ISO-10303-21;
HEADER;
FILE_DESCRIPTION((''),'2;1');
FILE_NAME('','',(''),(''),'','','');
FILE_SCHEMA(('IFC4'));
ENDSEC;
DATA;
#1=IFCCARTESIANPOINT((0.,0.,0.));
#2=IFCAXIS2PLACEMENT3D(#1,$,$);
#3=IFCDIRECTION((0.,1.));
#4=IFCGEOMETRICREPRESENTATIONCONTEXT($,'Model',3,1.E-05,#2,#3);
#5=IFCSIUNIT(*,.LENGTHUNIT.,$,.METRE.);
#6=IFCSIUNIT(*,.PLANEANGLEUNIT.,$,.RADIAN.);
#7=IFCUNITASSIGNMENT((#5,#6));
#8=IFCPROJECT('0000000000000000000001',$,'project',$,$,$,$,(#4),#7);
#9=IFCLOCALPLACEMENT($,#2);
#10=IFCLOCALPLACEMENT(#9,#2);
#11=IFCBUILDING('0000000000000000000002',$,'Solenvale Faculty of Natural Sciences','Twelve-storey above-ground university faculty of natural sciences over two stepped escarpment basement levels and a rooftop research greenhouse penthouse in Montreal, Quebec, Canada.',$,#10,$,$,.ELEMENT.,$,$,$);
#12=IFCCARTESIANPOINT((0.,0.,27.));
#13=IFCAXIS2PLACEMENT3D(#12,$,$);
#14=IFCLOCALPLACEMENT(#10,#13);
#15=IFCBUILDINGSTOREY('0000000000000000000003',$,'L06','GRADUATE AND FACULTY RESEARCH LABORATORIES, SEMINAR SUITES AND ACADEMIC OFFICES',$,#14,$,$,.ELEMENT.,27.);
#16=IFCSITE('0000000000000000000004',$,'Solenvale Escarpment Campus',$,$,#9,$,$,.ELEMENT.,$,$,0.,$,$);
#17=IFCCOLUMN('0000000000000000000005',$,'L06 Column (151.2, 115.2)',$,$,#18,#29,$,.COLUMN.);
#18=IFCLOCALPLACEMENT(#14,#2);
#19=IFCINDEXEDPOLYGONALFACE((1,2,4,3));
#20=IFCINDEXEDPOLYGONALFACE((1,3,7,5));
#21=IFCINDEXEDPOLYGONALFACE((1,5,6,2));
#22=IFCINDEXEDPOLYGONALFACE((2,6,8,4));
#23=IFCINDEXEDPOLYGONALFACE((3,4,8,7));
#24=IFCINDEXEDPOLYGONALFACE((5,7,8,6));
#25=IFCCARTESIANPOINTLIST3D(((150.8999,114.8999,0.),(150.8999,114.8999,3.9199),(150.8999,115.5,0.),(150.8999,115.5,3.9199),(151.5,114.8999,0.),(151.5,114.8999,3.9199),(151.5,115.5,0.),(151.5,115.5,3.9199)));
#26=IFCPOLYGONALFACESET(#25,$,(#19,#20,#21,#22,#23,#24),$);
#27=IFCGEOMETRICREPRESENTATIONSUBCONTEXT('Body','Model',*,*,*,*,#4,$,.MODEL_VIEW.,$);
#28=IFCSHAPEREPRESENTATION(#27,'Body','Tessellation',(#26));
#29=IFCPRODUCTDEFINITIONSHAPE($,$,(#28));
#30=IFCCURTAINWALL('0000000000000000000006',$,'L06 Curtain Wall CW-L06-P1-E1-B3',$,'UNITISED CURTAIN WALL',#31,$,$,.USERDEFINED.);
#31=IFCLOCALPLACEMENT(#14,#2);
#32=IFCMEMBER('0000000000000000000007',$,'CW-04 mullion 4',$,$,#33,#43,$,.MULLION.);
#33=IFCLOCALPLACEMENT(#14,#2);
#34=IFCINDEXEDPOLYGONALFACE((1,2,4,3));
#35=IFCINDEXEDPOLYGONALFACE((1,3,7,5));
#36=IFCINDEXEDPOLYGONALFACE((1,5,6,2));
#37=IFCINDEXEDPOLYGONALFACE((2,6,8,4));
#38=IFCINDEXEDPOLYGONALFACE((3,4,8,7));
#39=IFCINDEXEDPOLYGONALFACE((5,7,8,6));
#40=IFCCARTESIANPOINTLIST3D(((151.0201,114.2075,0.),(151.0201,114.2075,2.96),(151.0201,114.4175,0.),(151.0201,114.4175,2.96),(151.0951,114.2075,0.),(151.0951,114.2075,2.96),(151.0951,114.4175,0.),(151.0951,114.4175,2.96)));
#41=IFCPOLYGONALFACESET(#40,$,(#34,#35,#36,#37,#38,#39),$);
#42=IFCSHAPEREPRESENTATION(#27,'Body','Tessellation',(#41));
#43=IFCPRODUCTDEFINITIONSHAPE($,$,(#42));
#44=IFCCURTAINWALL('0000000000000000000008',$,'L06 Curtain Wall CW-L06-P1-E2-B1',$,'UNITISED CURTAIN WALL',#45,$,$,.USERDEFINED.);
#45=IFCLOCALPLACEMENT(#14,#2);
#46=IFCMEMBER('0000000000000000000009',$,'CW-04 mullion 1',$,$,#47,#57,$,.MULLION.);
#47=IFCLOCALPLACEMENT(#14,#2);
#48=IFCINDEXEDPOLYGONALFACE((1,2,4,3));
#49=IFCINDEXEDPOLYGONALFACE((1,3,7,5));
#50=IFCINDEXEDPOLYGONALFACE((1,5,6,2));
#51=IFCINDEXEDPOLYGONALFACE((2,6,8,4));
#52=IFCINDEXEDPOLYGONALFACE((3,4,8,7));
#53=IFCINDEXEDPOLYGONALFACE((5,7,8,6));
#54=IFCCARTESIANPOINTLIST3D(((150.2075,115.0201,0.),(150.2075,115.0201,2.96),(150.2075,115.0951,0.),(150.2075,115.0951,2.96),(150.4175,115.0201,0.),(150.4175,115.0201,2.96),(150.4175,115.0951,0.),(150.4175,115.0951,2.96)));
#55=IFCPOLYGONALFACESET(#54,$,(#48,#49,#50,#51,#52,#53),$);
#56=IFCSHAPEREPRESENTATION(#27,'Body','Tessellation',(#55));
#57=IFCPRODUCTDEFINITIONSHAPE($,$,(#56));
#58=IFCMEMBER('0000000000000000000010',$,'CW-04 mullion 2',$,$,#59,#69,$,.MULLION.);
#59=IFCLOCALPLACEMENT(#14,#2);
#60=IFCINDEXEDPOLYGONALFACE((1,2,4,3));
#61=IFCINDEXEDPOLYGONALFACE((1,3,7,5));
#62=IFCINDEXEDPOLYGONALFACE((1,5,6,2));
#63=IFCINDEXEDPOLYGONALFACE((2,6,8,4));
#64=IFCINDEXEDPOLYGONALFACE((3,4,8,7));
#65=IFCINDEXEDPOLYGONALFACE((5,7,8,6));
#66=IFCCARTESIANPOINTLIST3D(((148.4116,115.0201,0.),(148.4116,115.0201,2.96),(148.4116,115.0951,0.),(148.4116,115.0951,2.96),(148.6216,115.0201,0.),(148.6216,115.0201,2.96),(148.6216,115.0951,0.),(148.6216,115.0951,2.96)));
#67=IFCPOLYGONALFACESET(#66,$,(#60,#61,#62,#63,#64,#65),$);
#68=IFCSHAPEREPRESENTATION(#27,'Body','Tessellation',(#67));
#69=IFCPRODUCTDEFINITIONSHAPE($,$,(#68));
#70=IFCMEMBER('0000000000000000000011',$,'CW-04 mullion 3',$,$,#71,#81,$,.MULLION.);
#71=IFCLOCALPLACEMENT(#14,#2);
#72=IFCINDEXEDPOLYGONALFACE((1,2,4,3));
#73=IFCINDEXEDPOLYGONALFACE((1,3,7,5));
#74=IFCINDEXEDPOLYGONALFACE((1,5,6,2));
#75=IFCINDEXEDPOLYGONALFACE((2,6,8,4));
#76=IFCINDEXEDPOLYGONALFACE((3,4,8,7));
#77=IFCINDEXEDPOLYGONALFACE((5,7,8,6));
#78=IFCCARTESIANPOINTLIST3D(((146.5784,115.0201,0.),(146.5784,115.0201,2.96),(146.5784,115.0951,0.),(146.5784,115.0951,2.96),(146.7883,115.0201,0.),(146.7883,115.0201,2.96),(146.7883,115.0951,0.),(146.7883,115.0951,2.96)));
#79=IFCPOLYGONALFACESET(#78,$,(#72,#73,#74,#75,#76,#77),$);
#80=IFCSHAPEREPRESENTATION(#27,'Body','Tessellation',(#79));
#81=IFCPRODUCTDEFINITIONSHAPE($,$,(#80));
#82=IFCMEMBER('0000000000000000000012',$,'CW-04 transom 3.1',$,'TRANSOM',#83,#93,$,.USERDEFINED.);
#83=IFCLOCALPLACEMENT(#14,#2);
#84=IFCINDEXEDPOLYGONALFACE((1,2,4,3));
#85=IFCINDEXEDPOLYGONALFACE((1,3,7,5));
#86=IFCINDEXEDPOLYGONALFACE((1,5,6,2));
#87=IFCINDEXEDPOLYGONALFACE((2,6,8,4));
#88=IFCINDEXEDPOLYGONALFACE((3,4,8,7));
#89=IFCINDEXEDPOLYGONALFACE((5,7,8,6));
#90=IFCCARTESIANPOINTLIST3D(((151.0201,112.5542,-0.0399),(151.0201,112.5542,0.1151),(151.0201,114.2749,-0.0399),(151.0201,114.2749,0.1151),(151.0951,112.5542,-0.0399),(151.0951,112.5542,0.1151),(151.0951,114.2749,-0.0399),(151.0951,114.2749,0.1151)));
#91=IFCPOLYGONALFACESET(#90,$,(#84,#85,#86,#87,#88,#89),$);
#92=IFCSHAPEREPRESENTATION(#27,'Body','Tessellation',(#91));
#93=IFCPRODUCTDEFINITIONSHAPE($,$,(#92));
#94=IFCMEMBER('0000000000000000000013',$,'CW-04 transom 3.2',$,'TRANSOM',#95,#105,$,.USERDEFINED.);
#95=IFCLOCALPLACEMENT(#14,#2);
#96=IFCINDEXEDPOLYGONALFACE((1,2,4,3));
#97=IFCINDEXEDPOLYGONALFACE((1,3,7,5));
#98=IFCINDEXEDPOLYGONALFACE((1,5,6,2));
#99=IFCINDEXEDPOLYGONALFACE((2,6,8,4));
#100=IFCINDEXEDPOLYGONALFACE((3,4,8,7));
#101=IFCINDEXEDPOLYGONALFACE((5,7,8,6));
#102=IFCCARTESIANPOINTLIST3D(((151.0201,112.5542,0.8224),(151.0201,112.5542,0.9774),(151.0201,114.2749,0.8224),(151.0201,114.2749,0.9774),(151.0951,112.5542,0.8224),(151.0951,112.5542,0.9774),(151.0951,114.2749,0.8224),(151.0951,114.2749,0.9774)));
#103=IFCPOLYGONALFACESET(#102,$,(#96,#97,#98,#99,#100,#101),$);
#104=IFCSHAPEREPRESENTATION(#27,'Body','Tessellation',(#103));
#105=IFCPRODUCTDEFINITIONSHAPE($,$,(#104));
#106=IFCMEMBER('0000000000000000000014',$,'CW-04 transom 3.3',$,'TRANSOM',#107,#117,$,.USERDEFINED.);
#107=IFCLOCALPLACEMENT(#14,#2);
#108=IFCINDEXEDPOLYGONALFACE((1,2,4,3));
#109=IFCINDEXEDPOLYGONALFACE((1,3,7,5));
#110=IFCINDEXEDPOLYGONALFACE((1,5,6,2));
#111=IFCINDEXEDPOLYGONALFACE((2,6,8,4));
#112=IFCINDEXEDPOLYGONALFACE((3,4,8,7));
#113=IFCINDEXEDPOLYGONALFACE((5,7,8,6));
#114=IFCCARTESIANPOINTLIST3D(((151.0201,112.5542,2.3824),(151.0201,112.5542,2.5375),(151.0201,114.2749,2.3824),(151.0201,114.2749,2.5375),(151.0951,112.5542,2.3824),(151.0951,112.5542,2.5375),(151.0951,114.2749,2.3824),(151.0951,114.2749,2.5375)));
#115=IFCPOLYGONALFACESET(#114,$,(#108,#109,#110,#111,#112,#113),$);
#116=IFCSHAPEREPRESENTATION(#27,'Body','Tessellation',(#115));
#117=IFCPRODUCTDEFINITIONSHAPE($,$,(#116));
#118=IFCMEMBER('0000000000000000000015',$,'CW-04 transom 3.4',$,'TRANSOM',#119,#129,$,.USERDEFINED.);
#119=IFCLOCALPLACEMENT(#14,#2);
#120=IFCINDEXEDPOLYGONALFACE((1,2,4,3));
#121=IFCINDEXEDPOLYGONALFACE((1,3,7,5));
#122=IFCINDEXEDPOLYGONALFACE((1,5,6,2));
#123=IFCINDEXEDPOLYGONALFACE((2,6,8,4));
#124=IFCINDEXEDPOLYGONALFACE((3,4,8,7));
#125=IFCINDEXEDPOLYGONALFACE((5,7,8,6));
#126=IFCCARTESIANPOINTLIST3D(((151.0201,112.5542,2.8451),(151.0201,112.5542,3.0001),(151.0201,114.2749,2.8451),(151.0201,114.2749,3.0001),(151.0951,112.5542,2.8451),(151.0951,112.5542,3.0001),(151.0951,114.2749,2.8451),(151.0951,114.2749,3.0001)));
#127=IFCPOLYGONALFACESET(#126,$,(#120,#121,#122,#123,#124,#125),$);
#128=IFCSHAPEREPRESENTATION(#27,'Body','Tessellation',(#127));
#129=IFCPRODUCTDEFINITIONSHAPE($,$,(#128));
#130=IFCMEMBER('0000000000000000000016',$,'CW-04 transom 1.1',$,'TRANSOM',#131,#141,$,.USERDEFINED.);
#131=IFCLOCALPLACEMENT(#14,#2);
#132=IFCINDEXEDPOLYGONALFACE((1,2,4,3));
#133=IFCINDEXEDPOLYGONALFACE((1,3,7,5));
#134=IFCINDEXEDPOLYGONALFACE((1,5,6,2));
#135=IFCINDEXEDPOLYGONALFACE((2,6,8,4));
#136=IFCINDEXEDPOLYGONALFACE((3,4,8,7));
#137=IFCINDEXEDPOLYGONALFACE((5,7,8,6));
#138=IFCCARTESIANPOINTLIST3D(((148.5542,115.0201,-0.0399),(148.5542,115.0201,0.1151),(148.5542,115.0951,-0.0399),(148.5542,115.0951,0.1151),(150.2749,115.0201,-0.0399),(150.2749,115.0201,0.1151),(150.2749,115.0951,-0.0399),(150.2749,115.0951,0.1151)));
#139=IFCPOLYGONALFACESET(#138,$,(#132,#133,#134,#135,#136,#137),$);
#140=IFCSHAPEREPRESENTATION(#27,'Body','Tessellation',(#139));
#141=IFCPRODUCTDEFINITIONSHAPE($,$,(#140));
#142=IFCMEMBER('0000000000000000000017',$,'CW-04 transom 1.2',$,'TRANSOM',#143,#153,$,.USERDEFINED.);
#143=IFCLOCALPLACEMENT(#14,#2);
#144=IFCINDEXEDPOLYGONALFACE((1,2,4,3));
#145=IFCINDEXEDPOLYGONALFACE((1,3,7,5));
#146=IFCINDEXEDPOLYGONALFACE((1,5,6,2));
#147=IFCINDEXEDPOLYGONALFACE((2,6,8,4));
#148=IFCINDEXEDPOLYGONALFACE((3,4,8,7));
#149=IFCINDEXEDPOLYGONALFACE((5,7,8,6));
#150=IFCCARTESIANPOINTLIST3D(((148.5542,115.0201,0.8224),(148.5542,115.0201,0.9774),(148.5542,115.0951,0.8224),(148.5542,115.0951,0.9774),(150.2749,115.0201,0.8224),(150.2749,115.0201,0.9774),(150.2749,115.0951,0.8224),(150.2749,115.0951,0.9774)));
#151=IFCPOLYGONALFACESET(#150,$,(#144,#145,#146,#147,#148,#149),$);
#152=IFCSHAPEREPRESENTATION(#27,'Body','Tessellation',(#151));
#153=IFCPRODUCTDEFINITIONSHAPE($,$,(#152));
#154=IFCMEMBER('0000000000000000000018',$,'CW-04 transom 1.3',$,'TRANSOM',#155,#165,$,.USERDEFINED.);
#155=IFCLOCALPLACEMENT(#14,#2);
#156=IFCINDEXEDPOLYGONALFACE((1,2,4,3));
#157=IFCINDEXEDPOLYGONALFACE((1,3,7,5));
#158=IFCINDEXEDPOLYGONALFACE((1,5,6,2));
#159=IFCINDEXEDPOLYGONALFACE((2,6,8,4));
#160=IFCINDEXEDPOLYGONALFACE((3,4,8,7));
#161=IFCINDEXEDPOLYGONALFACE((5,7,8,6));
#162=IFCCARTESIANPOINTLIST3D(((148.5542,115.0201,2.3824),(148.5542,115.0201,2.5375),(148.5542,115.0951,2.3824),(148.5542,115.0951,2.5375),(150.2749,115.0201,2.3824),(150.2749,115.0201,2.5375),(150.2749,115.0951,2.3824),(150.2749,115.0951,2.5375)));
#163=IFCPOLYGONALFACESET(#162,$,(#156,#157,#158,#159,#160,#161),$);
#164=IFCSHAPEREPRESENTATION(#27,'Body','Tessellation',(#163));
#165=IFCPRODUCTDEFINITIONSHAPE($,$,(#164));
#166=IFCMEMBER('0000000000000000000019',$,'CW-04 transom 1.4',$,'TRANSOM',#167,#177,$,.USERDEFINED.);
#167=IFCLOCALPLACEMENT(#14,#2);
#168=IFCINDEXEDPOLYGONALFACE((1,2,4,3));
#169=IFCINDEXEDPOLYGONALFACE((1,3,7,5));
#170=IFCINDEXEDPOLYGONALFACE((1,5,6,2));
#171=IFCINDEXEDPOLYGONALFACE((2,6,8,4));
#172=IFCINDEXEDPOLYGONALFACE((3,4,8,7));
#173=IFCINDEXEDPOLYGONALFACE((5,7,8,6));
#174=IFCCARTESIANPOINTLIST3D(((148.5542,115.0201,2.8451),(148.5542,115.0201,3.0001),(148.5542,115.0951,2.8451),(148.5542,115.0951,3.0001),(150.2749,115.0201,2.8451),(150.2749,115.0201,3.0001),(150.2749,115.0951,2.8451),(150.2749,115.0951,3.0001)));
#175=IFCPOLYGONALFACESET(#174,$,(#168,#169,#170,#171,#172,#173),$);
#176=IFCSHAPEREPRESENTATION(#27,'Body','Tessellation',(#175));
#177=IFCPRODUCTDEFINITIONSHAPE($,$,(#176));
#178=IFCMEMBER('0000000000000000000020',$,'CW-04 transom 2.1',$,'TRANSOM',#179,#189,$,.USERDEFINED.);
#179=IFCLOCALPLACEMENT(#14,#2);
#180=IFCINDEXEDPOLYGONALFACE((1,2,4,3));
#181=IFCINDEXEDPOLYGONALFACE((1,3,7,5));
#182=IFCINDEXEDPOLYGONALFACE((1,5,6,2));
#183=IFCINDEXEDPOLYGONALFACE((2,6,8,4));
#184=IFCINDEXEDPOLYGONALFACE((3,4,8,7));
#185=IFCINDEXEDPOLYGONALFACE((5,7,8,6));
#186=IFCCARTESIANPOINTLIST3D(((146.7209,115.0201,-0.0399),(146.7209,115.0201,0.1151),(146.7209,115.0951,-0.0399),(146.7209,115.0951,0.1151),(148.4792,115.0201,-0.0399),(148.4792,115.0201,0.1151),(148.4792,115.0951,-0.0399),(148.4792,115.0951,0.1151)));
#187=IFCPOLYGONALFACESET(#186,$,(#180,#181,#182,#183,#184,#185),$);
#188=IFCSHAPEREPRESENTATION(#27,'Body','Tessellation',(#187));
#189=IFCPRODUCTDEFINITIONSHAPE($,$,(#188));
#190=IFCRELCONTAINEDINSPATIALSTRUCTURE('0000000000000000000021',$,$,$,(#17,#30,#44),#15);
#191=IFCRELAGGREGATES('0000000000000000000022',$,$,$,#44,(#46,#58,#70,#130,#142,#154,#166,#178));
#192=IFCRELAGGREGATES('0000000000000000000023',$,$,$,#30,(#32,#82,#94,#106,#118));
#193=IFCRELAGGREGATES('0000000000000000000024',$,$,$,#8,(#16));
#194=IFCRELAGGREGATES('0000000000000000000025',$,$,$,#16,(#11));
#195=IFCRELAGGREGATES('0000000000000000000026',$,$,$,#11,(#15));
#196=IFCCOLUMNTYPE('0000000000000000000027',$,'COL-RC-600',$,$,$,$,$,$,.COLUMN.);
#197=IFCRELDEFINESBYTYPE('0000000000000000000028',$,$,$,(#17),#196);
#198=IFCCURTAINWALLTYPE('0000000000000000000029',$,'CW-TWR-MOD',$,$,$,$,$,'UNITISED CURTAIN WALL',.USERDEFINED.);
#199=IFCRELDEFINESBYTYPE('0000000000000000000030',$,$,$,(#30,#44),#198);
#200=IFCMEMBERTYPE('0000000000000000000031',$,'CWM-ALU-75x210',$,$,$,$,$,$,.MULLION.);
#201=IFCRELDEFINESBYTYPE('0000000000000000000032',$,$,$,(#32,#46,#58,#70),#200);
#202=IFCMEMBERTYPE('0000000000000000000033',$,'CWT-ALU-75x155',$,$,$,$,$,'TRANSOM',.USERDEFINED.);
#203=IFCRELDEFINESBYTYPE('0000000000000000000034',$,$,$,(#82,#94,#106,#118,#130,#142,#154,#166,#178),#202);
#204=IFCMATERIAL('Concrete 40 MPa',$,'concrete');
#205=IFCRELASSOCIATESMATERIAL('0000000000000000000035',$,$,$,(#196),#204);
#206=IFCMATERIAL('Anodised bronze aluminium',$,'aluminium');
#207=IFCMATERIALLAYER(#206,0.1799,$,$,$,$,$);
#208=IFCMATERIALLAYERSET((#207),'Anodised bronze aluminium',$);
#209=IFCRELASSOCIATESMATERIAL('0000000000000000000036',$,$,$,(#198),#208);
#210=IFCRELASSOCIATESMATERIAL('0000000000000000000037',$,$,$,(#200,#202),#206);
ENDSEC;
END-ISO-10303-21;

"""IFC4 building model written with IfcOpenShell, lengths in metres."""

from ifc_helpers import new_model, si_unit, direction, frame, origin, origin_2d, place, context, subcontext, project, spatial, rectangle, extrude, material, layer, layer_set, material_profile, profile_set, type_object, element, aggregate, save


model = new_model("IFC4")

# Units and contexts
model_context = context("Model", 3, precision=1e-05, world=origin(), true_north=direction((0.0, 1.0)))
body_context = subcontext(model_context, "Body", "Model", "MODEL_VIEW")
ifc_project = project(units=[si_unit("LENGTHUNIT", "METRE"), si_unit("PLANEANGLEUNIT", "RADIAN")], contexts=[model_context])

# Site, building, storey
site_placement = place(None, origin())
site = spatial("IfcSite", under=ifc_project, at=site_placement, Name="Solenvale Escarpment Campus", CompositionType="ELEMENT", RefElevation=0.0)
building_placement = place(site_placement, origin())
building = spatial("IfcBuilding", under=site, at=building_placement, Name="Solenvale Faculty of Natural Sciences", Description="Twelve-storey above-ground university faculty of natural sciences over two stepped escarpment basement levels and a rooftop research greenhouse penthouse in Montreal, Quebec, Canada.", CompositionType="ELEMENT")
storey_placement = place(building_placement, frame((0.0, 0.0, 27.0)))
storey = spatial("IfcBuildingStorey", under=building, at=storey_placement, Name="L06", Description="GRADUATE AND FACULTY RESEARCH LABORATORIES, SEMINAR SUITES AND ACADEMIC OFFICES", CompositionType="ELEMENT", Elevation=27.0)

# Column
ifc_material_1 = material(Name="Concrete 40 MPa", Category="concrete")
ifc_material_profile_1 = material_profile(ifc_material_1, rectangle(XDim=0.6001, YDim=0.6001, at=origin_2d()), Name="RC-COL-600x600")
ifc_profile_set_1 = profile_set([ifc_material_profile_1], Name="Concrete 40 MPa")
column_type = type_object("IfcColumnType", Name="COL-RC-600", PredefinedType="COLUMN", material=ifc_profile_set_1)
column_placement = place(storey_placement, frame((151.2, 115.2, 0.0), z_axis=(0.0, 0.0, 1.0), x_axis=(1.0, 0.0, 0.0)))
element("IfcColumn", 1, at=column_placement, inside=storey, type_object=column_type, Name="L06 Column (151.2, 115.2)", PredefinedType="COLUMN", context=body_context, shape_type="SweptSolid", body=[
    extrude(rectangle(XDim=0.6001, YDim=0.6001, at=origin_2d()), origin(), (0.0, 0.0, 1.0), 3.9199),
])

# Curtain wall, member
ifc_material_2 = material(Name="Anodised bronze aluminium", Category="aluminium")
ifc_layer_1 = layer(ifc_material_2, 0.1799)
ifc_layer_set_1 = layer_set([ifc_layer_1], Name="Anodised bronze aluminium")
curtain_wall_type = type_object("IfcCurtainWallType", Name="CW-TWR-MOD", ElementType="UNITISED CURTAIN WALL", PredefinedType="USERDEFINED", material=ifc_layer_set_1)
curtain_wall_1_placement = place(storey_placement, origin())
curtain_wall_1 = element("IfcCurtainWall", 2, at=curtain_wall_1_placement, inside=storey, type_object=curtain_wall_type, Name="L06 Curtain Wall CW-L06-P1-E1-B3", ObjectType="UNITISED CURTAIN WALL", PredefinedType="USERDEFINED")
ifc_material_profile_2 = material_profile(ifc_material_2, rectangle(XDim=0.075, YDim=0.21, at=origin_2d()), Name="ALU-MUL-75x210")
ifc_profile_set_2 = profile_set([ifc_material_profile_2], Name="Anodised bronze aluminium")
member_type_1 = type_object("IfcMemberType", Name="CWM-ALU-75x210", PredefinedType="MULLION", material=ifc_profile_set_2)
member_1_placement = place(storey_placement, frame((151.0576, 114.3125, 0.0), z_axis=(0.0, 0.0, 1.0), x_axis=(-1.0, 0.0, 0.0)))
member_1 = element("IfcMember", 3, at=member_1_placement, type_object=member_type_1, Name="CW-04 mullion 4", PredefinedType="MULLION", context=body_context, shape_type="SweptSolid", body=[
    extrude(rectangle(XDim=0.075, YDim=0.21, at=origin_2d()), origin(), (0.0, 0.0, 1.0), 2.96),
])

# Curtain wall, members
curtain_wall_2_placement = place(storey_placement, origin())
curtain_wall_2 = element("IfcCurtainWall", 4, at=curtain_wall_2_placement, inside=storey, type_object=curtain_wall_type, Name="L06 Curtain Wall CW-L06-P1-E2-B1", ObjectType="UNITISED CURTAIN WALL", PredefinedType="USERDEFINED")
member_2_placement = place(storey_placement, frame((150.3125, 115.0576, 0.0), z_axis=(0.0, 0.0, 1.0), x_axis=(0.0, -1.0, 0.0)))
member_2 = element("IfcMember", 5, at=member_2_placement, type_object=member_type_1, Name="CW-04 mullion 1", PredefinedType="MULLION", context=body_context, shape_type="SweptSolid", body=[
    extrude(rectangle(XDim=0.075, YDim=0.21, at=origin_2d()), origin(), (0.0, 0.0, 1.0), 2.96),
])
member_3_placement = place(storey_placement, frame((148.5166, 115.0576, 0.0), z_axis=(0.0, 0.0, 1.0), x_axis=(0.0, -1.0, 0.0)))
member_3 = element("IfcMember", 6, at=member_3_placement, type_object=member_type_1, Name="CW-04 mullion 2", PredefinedType="MULLION", context=body_context, shape_type="SweptSolid", body=[
    extrude(rectangle(XDim=0.075, YDim=0.21, at=origin_2d()), origin(), (0.0, 0.0, 1.0), 2.96),
])
member_4_placement = place(storey_placement, frame((146.6833, 115.0576, 0.0), z_axis=(0.0, 0.0, 1.0), x_axis=(0.0, -1.0, 0.0)))
member_4 = element("IfcMember", 7, at=member_4_placement, type_object=member_type_1, Name="CW-04 mullion 3", PredefinedType="MULLION", context=body_context, shape_type="SweptSolid", body=[
    extrude(rectangle(XDim=0.075, YDim=0.21, at=origin_2d()), origin(), (0.0, 0.0, 1.0), 2.96),
])

# Members
ifc_material_profile_3 = material_profile(ifc_material_2, rectangle(XDim=0.075, YDim=0.155, at=origin_2d()), Name="ALU-TRN-75x155")
ifc_profile_set_3 = profile_set([ifc_material_profile_3], Name="Anodised bronze aluminium")
member_type_2 = type_object("IfcMemberType", Name="CWT-ALU-75x155", ElementType="TRANSOM", PredefinedType="USERDEFINED", material=ifc_profile_set_3)
member_5_placement = place(storey_placement, frame((151.0576, 112.5542, 0.0376), z_axis=(0.0, 1.0, 0.0), x_axis=(-1.0, 0.0, 0.0)))
member_5 = element("IfcMember", 8, at=member_5_placement, type_object=member_type_2, Name="CW-04 transom 3.1", ObjectType="TRANSOM", PredefinedType="USERDEFINED", context=body_context, shape_type="SweptSolid", body=[
    extrude(rectangle(XDim=0.075, YDim=0.155, at=origin_2d()), origin(), (0.0, 0.0, 1.0), 1.7207),
])
member_6_placement = place(storey_placement, frame((151.0576, 112.5542, 0.8999), z_axis=(0.0, 1.0, 0.0), x_axis=(-1.0, 0.0, 0.0)))
member_6 = element("IfcMember", 9, at=member_6_placement, type_object=member_type_2, Name="CW-04 transom 3.2", ObjectType="TRANSOM", PredefinedType="USERDEFINED", context=body_context, shape_type="SweptSolid", body=[
    extrude(rectangle(XDim=0.075, YDim=0.155, at=origin_2d()), origin(), (0.0, 0.0, 1.0), 1.7207),
])
member_7_placement = place(storey_placement, frame((151.0576, 112.5542, 2.46), z_axis=(0.0, 1.0, 0.0), x_axis=(-1.0, 0.0, 0.0)))
member_7 = element("IfcMember", 10, at=member_7_placement, type_object=member_type_2, Name="CW-04 transom 3.3", ObjectType="TRANSOM", PredefinedType="USERDEFINED", context=body_context, shape_type="SweptSolid", body=[
    extrude(rectangle(XDim=0.075, YDim=0.155, at=origin_2d()), origin(), (0.0, 0.0, 1.0), 1.7207),
])
member_8_placement = place(storey_placement, frame((151.0576, 112.5542, 2.9226), z_axis=(0.0, 1.0, 0.0), x_axis=(-1.0, 0.0, 0.0)))
member_8 = element("IfcMember", 11, at=member_8_placement, type_object=member_type_2, Name="CW-04 transom 3.4", ObjectType="TRANSOM", PredefinedType="USERDEFINED", context=body_context, shape_type="SweptSolid", body=[
    extrude(rectangle(XDim=0.075, YDim=0.155, at=origin_2d()), origin(), (0.0, 0.0, 1.0), 1.7207),
])
member_9_placement = place(storey_placement, frame((150.2749, 115.0576, 0.0376), z_axis=(-1.0, 0.0, 0.0), x_axis=(0.0, -1.0, 0.0)))
member_9 = element("IfcMember", 12, at=member_9_placement, type_object=member_type_2, Name="CW-04 transom 1.1", ObjectType="TRANSOM", PredefinedType="USERDEFINED", context=body_context, shape_type="SweptSolid", body=[
    extrude(rectangle(XDim=0.075, YDim=0.155, at=origin_2d()), origin(), (0.0, 0.0, 1.0), 1.7207),
])
member_10_placement = place(storey_placement, frame((150.2749, 115.0576, 0.8999), z_axis=(-1.0, 0.0, 0.0), x_axis=(0.0, -1.0, 0.0)))
member_10 = element("IfcMember", 13, at=member_10_placement, type_object=member_type_2, Name="CW-04 transom 1.2", ObjectType="TRANSOM", PredefinedType="USERDEFINED", context=body_context, shape_type="SweptSolid", body=[
    extrude(rectangle(XDim=0.075, YDim=0.155, at=origin_2d()), origin(), (0.0, 0.0, 1.0), 1.7207),
])
member_11_placement = place(storey_placement, frame((150.2749, 115.0576, 2.46), z_axis=(-1.0, 0.0, 0.0), x_axis=(0.0, -1.0, 0.0)))
member_11 = element("IfcMember", 14, at=member_11_placement, type_object=member_type_2, Name="CW-04 transom 1.3", ObjectType="TRANSOM", PredefinedType="USERDEFINED", context=body_context, shape_type="SweptSolid", body=[
    extrude(rectangle(XDim=0.075, YDim=0.155, at=origin_2d()), origin(), (0.0, 0.0, 1.0), 1.7207),
])
member_12_placement = place(storey_placement, frame((150.2749, 115.0576, 2.9226), z_axis=(-1.0, 0.0, 0.0), x_axis=(0.0, -1.0, 0.0)))
member_12 = element("IfcMember", 15, at=member_12_placement, type_object=member_type_2, Name="CW-04 transom 1.4", ObjectType="TRANSOM", PredefinedType="USERDEFINED", context=body_context, shape_type="SweptSolid", body=[
    extrude(rectangle(XDim=0.075, YDim=0.155, at=origin_2d()), origin(), (0.0, 0.0, 1.0), 1.7207),
])
member_13_placement = place(storey_placement, frame((148.4792, 115.0576, 0.0376), z_axis=(-1.0, 0.0, 0.0), x_axis=(0.0, -1.0, 0.0)))
member_13 = element("IfcMember", 16, at=member_13_placement, type_object=member_type_2, Name="CW-04 transom 2.1", ObjectType="TRANSOM", PredefinedType="USERDEFINED", context=body_context, shape_type="SweptSolid", body=[
    extrude(rectangle(XDim=0.075, YDim=0.155, at=origin_2d()), origin(), (0.0, 0.0, 1.0), 1.7583),
])

aggregate(curtain_wall_2, [member_2, member_3, member_4, member_9, member_10, member_11, member_12, member_13])
aggregate(curtain_wall_1, [member_1, member_5, member_6, member_7, member_8])

save(model, "model.ifc")
